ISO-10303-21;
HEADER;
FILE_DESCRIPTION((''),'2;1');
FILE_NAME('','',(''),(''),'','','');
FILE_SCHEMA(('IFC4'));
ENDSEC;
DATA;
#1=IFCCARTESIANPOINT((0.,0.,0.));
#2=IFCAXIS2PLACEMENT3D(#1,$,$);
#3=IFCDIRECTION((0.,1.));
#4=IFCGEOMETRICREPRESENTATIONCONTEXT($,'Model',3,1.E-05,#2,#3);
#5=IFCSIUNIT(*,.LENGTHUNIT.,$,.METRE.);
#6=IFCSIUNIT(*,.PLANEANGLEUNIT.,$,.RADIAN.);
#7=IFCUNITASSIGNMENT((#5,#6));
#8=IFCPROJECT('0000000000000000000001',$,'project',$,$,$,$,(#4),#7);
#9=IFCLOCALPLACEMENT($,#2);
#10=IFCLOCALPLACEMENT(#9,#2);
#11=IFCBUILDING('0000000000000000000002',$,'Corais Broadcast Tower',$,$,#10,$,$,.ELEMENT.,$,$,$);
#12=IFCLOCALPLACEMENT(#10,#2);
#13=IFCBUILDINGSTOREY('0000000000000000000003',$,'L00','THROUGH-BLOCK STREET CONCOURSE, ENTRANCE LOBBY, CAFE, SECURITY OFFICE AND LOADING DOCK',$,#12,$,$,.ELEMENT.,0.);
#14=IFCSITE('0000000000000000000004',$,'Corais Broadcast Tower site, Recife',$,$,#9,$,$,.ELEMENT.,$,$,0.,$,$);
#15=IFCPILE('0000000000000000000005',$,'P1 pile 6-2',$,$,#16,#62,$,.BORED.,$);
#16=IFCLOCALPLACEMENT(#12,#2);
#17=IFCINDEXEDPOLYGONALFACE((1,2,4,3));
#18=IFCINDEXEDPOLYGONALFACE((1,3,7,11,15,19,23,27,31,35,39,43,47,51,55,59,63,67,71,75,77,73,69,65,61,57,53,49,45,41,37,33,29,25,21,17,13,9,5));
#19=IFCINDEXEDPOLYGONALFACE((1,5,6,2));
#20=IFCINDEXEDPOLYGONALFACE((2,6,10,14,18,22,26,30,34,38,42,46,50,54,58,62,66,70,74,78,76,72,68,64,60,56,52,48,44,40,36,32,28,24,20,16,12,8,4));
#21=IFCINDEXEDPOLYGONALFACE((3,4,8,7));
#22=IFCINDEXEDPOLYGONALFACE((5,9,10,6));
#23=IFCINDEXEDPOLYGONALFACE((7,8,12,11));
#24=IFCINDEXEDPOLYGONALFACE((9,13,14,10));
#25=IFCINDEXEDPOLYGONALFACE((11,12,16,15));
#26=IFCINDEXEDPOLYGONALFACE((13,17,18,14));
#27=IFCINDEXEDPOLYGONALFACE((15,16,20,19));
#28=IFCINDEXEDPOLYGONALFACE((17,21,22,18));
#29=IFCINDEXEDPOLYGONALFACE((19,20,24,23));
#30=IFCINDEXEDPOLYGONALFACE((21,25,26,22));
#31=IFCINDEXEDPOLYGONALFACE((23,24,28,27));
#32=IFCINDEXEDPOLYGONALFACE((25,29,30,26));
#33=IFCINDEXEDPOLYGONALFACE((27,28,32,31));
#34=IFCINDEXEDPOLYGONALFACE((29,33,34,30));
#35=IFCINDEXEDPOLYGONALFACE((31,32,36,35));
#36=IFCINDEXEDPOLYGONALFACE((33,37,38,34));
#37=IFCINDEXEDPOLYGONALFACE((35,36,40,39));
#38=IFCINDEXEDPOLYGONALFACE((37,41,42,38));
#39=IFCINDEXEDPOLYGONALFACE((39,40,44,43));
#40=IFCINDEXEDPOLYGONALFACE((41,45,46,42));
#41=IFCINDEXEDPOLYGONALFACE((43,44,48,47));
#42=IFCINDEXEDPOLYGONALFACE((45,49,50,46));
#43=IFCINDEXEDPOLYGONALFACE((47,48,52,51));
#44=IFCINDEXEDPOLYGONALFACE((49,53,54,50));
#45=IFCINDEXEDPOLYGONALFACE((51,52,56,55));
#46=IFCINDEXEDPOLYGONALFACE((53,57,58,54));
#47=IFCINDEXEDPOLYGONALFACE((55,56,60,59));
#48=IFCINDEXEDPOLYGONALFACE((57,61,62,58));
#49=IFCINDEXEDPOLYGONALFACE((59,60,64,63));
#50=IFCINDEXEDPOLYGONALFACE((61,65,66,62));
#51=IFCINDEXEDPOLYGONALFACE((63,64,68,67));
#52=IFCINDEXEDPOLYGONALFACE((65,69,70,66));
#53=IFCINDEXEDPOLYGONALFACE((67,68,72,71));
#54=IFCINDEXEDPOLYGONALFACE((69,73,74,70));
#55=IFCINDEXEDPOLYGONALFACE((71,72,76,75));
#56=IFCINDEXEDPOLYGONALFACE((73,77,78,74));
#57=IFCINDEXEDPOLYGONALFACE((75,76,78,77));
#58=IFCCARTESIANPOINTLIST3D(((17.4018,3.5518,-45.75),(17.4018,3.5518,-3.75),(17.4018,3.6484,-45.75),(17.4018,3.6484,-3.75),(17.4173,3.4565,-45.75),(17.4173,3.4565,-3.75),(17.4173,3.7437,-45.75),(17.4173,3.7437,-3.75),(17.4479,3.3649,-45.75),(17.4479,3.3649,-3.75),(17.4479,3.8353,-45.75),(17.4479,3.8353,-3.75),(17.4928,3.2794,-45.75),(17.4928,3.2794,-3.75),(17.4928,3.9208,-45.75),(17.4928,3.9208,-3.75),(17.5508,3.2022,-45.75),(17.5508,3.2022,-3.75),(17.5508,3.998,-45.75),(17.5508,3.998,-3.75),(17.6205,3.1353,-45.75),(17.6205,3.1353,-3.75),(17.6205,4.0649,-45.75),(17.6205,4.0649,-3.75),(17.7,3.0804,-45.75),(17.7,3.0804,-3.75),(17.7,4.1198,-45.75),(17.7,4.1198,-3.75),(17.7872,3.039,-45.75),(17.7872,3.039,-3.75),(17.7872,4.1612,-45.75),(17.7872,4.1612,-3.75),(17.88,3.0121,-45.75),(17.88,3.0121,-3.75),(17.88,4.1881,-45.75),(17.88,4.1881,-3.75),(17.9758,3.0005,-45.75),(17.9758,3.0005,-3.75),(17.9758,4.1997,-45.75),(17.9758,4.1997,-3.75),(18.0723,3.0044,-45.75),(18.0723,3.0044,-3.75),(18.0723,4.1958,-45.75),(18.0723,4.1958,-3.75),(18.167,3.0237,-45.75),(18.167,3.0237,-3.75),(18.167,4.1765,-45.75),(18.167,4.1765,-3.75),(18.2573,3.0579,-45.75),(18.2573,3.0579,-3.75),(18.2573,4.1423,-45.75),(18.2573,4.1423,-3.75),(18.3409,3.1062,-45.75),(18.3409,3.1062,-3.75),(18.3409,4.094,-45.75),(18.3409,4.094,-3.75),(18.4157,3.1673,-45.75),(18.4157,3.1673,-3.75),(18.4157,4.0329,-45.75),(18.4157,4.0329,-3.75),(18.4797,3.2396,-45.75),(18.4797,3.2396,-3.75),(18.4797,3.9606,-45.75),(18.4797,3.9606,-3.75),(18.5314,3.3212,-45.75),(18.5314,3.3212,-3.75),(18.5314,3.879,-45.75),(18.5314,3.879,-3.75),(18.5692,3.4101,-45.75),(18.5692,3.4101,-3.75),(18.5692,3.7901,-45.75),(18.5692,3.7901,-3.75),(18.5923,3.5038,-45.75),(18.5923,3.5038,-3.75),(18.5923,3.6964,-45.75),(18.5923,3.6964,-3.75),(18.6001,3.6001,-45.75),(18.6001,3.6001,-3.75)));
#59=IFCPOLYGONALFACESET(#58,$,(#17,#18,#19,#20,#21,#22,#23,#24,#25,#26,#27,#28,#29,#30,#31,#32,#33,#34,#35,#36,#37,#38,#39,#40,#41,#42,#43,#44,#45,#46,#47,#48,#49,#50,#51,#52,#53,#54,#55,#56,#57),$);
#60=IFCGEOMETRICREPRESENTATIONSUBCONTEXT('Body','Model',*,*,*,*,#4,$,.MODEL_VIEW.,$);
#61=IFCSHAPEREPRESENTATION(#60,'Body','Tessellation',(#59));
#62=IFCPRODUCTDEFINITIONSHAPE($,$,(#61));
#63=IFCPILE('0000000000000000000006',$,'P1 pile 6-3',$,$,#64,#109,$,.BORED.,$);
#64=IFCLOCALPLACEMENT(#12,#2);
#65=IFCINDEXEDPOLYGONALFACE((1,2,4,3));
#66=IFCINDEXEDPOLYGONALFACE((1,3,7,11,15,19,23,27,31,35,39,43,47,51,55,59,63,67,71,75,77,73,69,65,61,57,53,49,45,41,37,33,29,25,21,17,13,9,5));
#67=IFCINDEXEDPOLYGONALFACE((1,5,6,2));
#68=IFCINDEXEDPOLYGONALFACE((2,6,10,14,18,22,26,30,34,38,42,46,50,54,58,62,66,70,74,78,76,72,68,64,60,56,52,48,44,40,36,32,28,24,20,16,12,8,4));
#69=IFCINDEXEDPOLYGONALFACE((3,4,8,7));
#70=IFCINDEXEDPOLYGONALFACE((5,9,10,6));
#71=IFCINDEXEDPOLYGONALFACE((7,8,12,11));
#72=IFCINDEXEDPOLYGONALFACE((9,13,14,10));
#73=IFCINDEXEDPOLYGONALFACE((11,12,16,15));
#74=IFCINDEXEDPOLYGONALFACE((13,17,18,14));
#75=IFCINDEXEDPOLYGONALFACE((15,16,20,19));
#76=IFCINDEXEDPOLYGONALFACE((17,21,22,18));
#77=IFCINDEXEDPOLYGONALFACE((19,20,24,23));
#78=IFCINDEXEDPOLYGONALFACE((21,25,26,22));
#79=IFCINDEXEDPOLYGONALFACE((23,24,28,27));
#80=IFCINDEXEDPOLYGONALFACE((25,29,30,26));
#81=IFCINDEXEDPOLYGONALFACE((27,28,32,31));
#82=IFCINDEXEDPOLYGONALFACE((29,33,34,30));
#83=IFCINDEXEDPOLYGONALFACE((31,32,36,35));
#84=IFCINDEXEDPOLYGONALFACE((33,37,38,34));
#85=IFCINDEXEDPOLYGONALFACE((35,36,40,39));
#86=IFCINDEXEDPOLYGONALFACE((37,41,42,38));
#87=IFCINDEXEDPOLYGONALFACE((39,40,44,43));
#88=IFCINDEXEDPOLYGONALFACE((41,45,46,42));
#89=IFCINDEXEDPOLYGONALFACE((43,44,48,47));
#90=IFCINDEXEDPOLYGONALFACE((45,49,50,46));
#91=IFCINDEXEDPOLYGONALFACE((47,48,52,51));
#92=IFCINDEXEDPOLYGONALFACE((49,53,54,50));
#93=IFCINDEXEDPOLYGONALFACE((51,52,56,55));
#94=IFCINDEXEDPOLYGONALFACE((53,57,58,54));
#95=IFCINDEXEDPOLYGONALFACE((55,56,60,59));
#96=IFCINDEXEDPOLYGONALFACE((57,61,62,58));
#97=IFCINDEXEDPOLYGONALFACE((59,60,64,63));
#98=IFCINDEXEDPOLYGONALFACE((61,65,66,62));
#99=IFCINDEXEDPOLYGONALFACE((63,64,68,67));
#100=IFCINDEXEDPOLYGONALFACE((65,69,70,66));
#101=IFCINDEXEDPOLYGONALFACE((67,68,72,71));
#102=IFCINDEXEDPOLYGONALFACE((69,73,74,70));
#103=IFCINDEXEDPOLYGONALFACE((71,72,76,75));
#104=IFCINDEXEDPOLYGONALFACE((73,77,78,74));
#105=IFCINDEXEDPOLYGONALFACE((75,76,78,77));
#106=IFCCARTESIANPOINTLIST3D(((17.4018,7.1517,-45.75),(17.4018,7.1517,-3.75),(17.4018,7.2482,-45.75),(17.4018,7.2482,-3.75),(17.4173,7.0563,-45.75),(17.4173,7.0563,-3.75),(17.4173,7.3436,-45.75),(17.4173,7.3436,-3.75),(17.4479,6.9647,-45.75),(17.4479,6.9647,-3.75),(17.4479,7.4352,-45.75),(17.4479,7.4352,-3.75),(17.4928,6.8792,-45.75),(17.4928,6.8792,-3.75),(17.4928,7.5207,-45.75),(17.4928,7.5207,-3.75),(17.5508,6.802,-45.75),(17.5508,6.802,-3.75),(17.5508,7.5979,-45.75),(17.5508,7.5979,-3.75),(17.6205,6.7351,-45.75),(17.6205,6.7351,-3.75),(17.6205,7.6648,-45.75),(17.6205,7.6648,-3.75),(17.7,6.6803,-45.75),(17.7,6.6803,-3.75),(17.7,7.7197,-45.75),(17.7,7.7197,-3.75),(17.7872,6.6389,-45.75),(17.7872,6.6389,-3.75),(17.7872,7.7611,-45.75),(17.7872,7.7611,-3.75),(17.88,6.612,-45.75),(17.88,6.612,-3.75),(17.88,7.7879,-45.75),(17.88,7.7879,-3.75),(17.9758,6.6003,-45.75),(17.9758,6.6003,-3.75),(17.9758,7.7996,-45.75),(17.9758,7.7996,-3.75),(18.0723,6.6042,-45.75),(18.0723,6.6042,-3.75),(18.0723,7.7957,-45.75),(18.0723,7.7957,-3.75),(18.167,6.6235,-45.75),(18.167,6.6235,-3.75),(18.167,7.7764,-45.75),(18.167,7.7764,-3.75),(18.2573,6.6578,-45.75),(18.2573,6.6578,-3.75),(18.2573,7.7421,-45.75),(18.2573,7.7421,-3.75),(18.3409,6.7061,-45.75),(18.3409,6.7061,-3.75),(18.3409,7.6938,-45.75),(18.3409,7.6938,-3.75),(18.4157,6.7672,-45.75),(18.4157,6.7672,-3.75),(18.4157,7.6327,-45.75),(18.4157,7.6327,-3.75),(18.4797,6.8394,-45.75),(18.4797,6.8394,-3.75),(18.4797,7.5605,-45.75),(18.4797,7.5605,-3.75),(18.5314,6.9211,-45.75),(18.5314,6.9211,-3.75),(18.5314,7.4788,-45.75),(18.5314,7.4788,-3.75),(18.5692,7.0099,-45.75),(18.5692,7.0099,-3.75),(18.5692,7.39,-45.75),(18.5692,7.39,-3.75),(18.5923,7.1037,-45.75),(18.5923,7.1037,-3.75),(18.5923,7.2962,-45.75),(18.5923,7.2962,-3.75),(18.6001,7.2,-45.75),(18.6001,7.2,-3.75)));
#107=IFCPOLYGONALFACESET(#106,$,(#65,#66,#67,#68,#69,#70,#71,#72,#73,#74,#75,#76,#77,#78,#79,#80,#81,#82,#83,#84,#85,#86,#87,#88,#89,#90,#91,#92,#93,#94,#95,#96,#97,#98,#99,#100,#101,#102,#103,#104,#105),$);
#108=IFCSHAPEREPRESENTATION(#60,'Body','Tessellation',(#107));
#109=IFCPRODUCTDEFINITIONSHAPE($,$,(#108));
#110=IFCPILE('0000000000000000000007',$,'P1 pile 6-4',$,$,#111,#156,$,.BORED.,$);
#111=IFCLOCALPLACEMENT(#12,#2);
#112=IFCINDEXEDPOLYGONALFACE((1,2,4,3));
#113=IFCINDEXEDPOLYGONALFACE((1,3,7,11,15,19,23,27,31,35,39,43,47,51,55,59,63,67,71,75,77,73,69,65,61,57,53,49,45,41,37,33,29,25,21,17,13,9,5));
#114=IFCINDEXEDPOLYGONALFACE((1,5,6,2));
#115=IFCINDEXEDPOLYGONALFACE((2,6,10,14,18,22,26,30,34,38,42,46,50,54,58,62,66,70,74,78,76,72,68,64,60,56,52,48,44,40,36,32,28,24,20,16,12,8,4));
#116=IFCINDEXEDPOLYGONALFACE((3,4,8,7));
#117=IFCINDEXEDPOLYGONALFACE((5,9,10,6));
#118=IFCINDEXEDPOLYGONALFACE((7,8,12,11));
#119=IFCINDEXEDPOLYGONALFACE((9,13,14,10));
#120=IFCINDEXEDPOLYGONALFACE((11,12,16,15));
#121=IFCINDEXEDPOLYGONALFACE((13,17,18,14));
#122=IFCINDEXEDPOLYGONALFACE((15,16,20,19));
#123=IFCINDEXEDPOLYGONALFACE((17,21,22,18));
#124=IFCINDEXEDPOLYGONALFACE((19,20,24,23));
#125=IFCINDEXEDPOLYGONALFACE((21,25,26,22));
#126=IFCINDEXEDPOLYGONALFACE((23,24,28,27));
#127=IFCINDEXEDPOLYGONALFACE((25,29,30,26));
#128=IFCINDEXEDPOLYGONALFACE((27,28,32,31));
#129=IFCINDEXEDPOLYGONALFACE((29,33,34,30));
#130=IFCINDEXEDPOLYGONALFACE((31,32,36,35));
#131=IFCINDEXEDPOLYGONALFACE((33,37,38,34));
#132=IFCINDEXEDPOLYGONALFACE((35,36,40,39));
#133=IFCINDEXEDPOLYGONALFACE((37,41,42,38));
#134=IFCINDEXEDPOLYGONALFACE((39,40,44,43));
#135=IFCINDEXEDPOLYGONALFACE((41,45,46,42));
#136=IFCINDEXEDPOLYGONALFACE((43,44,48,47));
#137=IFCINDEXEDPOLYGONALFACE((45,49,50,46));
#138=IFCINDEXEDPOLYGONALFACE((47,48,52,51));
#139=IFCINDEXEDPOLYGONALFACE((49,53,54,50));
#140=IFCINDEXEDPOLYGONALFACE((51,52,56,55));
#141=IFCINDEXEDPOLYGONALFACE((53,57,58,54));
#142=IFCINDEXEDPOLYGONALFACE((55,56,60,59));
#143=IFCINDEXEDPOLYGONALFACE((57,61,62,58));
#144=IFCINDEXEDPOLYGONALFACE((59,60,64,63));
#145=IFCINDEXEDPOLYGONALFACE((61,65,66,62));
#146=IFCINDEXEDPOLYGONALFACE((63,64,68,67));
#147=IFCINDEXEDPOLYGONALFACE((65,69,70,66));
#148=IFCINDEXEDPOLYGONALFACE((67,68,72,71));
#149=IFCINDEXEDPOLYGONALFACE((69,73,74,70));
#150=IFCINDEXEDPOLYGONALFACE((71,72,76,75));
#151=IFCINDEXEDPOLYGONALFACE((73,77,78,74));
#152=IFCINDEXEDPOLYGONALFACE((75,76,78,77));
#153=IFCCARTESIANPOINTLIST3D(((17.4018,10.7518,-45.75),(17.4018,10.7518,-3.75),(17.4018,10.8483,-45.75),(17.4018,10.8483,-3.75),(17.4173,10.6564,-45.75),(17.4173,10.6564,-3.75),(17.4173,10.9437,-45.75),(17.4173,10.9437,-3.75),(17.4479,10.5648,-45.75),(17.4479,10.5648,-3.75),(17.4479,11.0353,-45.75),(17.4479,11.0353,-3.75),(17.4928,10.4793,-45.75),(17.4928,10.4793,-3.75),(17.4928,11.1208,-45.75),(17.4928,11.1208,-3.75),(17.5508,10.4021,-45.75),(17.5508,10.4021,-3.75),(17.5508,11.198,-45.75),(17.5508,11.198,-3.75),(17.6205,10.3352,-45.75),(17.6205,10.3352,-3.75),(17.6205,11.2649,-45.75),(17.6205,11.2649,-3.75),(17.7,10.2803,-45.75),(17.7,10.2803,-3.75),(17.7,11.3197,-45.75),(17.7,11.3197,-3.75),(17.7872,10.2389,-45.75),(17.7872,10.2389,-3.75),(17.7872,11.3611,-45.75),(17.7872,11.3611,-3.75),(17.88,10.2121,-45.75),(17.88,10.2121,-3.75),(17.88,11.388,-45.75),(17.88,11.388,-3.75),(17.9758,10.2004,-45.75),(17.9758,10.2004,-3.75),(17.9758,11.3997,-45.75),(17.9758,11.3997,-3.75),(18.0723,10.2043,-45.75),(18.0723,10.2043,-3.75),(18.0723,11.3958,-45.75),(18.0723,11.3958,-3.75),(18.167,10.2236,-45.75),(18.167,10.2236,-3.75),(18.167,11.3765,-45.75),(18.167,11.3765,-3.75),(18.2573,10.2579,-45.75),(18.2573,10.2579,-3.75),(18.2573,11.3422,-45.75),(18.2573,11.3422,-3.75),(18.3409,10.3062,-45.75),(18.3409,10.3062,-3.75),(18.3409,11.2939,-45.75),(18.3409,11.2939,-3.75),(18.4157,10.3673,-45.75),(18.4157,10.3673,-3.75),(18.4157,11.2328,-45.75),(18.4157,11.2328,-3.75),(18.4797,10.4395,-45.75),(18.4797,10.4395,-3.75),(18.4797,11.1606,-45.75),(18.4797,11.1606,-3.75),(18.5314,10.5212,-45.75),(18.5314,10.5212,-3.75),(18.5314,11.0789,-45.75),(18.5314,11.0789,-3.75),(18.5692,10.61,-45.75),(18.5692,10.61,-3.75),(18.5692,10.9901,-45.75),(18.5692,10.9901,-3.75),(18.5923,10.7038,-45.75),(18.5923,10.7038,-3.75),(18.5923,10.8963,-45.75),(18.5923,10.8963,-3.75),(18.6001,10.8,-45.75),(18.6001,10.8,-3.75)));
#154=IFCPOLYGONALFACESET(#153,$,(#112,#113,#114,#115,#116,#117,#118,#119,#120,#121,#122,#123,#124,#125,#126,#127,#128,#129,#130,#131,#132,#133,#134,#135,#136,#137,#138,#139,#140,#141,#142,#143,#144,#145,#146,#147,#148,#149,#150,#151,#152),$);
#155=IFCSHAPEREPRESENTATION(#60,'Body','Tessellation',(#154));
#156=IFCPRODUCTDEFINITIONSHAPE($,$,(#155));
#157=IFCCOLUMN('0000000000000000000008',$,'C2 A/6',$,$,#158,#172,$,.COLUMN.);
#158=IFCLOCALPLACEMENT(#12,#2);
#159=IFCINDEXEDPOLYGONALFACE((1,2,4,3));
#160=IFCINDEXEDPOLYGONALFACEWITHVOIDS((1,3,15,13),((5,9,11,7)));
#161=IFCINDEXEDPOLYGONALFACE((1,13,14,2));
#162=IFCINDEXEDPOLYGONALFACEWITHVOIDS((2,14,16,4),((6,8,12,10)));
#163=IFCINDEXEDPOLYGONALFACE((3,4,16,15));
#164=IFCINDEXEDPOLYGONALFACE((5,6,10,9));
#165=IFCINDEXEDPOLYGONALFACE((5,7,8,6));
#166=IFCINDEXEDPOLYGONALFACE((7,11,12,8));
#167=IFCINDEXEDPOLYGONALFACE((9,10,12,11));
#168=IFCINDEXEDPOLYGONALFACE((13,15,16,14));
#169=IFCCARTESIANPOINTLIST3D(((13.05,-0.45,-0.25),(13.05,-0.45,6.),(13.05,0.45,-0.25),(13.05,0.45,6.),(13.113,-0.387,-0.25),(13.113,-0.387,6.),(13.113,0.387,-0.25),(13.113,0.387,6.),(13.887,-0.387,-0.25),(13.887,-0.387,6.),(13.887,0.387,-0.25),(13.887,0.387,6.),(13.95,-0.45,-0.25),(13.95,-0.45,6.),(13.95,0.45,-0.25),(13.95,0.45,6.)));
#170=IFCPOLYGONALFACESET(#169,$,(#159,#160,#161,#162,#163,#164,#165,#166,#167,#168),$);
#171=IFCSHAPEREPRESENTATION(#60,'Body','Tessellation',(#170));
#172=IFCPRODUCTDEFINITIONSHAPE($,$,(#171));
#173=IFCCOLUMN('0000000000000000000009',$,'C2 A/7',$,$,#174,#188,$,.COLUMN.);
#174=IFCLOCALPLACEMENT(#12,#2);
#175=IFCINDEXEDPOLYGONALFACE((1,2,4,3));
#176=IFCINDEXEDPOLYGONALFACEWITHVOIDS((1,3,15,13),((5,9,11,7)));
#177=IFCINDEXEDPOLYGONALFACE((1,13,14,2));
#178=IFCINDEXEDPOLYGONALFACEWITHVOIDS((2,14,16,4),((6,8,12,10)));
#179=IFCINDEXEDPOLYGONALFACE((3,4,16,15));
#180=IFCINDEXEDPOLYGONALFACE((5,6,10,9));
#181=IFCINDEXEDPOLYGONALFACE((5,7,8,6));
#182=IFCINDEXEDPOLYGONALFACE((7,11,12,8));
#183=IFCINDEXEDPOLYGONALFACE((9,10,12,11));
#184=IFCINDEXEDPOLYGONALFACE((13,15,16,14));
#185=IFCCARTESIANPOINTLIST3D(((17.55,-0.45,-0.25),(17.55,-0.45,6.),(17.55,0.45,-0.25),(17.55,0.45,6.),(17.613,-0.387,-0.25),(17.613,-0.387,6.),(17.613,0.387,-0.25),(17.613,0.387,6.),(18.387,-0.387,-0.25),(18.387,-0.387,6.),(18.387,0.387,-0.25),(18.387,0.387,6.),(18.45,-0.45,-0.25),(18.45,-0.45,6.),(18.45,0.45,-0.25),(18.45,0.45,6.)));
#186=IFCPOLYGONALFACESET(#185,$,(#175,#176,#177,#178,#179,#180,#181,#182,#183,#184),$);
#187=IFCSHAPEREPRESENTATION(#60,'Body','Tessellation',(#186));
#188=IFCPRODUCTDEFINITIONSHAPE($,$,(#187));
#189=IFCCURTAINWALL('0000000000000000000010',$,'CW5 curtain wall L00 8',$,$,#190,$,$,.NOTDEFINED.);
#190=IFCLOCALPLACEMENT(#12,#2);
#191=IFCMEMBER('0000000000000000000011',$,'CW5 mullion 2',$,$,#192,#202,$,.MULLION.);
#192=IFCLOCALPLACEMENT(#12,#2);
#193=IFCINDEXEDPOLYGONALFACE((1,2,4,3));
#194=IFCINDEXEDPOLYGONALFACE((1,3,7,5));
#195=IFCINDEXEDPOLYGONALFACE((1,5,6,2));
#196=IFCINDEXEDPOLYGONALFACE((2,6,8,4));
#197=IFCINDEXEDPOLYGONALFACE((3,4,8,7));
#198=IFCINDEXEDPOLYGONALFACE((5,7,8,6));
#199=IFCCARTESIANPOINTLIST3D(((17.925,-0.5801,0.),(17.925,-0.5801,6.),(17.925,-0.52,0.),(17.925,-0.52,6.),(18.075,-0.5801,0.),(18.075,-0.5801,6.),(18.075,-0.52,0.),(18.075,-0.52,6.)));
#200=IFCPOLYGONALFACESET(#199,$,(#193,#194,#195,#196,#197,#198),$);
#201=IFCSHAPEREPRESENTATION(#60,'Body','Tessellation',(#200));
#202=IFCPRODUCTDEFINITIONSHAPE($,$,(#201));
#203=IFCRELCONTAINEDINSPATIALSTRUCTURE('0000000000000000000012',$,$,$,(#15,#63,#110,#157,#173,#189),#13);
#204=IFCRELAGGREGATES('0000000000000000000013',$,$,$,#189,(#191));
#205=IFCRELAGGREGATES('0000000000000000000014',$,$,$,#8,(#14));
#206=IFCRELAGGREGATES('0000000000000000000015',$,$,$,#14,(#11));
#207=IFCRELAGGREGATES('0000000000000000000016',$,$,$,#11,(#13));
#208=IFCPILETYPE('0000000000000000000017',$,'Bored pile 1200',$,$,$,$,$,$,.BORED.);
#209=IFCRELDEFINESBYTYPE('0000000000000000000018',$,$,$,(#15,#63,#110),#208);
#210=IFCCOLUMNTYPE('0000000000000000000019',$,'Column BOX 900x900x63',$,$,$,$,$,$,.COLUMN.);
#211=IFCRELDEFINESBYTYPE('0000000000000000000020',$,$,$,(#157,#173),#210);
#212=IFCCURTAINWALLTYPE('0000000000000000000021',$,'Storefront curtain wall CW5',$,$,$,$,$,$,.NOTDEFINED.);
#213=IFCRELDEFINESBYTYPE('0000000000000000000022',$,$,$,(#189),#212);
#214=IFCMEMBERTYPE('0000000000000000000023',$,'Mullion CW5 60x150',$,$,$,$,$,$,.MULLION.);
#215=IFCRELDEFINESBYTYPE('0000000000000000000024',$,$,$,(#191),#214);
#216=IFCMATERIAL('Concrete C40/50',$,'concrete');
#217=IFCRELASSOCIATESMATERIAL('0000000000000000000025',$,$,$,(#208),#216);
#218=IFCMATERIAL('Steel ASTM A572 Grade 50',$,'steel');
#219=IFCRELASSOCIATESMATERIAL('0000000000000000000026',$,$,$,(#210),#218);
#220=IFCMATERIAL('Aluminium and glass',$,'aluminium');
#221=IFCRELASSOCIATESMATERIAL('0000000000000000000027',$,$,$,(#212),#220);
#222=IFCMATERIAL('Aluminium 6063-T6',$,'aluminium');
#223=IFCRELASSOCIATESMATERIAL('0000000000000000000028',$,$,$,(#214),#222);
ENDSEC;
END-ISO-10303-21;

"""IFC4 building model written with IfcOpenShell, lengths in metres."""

from ifc_helpers import new_model, si_unit, direction, frame, origin, origin_2d, place, context, subcontext, project, spatial, rectangle, hollow_rectangle, circle, extrude, material, material_profile, profile_set, type_object, element, aggregate, save


model = new_model("IFC4")

# Units and contexts
model_context = context("Model", 3, precision=1e-05, world=origin(), true_north=direction((0.0, 1.0)))
body_context = subcontext(model_context, "Body", "Model", "MODEL_VIEW")
ifc_project = project(units=[si_unit("LENGTHUNIT", "METRE"), si_unit("PLANEANGLEUNIT", "RADIAN")], contexts=[model_context])

# Site, building, storey
site_placement = place(None, origin())
site = spatial("IfcSite", under=ifc_project, at=site_placement, Name="Corais Broadcast Tower site, Recife", CompositionType="ELEMENT", RefElevation=0.0)
building_placement = place(site_placement, origin())
building = spatial("IfcBuilding", under=site, at=building_placement, Name="Corais Broadcast Tower", CompositionType="ELEMENT")
storey_placement = place(building_placement, origin())
storey = spatial("IfcBuildingStorey", under=building, at=storey_placement, Name="L00", Description="THROUGH-BLOCK STREET CONCOURSE, ENTRANCE LOBBY, CAFE, SECURITY OFFICE AND LOADING DOCK", CompositionType="ELEMENT", Elevation=0.0)

# Piles
ifc_material_1 = material(Name="Concrete C40/50", Category="concrete")
pile_type = type_object("IfcPileType", Name="Bored pile 1200", PredefinedType="BORED", material=ifc_material_1)
for number, where, z_axis, x_axis, name in (
    (1, (18.0, 3.6001, -3.75), (0.0, 0.0, -1.0), (1.0, 0.0, 0.0), "P1 pile 6-2"),
    (2, (18.0, 7.2, -3.75), (0.0, 0.0, -1.0), (1.0, 0.0, 0.0), "P1 pile 6-3"),
    (3, (18.0, 10.8, -3.75), (0.0, 0.0, -1.0), (1.0, 0.0, 0.0), "P1 pile 6-4"),
):
    element("IfcPile", number, at=place(storey_placement, frame(where, z_axis=z_axis, x_axis=x_axis)), inside=storey, type_object=pile_type, Name=name, PredefinedType="BORED", context=body_context, shape_type="SweptSolid", body=[
        extrude(circle(Radius=0.6001, at=origin_2d()), origin(), (0.0, 0.0, 1.0), 42.0),
    ])

# Columns
ifc_material_2 = material(Name="Steel ASTM A572 Grade 50", Category="steel")
ifc_material_profile_1 = material_profile(ifc_material_2, hollow_rectangle(XDim=0.8999, YDim=0.8999, WallThickness=0.063, at=origin_2d()), Name="BOX 900x900x63")
ifc_profile_set_1 = profile_set([ifc_material_profile_1], Name="Steel ASTM A572 Grade 50")
column_type = type_object("IfcColumnType", Name="Column BOX 900x900x63", PredefinedType="COLUMN", material=ifc_profile_set_1)
for number, where, z_axis, x_axis, name in (
    (4, (13.5, 0.0, -0.25), (0.0, 0.0, 1.0), (1.0, 0.0, 0.0), "C2 A/6"),
    (5, (18.0, 0.0, -0.25), (0.0, 0.0, 1.0), (1.0, 0.0, 0.0), "C2 A/7"),
):
    element("IfcColumn", number, at=place(storey_placement, frame(where, z_axis=z_axis, x_axis=x_axis)), inside=storey, type_object=column_type, Name=name, PredefinedType="COLUMN", context=body_context, shape_type="SweptSolid", body=[
        extrude(hollow_rectangle(XDim=0.8999, YDim=0.8999, WallThickness=0.063, at=origin_2d()), origin(), (0.0, 0.0, 1.0), 6.25),
    ])

# Curtain wall, member
ifc_material_3 = material(Name="Aluminium and glass", Category="aluminium")
curtain_wall_type = type_object("IfcCurtainWallType", Name="Storefront curtain wall CW5", PredefinedType="NOTDEFINED", material=ifc_material_3)
curtain_wall_placement = place(storey_placement, origin())
curtain_wall = element("IfcCurtainWall", 6, at=curtain_wall_placement, inside=storey, type_object=curtain_wall_type, Name="CW5 curtain wall L00 8", PredefinedType="NOTDEFINED")
ifc_material_4 = material(Name="Aluminium 6063-T6", Category="aluminium")
ifc_material_profile_2 = material_profile(ifc_material_4, rectangle(XDim=0.0601, YDim=0.1499, at=origin_2d()), Name="Mullion CW5 60x150")
ifc_profile_set_2 = profile_set([ifc_material_profile_2], Name="Aluminium 6063-T6")
member_type_1 = type_object("IfcMemberType", Name="Mullion CW5 60x150", PredefinedType="MULLION", material=ifc_profile_set_2)
member_1_placement = place(storey_placement, frame((18.0, -0.55, 0.0), z_axis=(0.0, 0.0, 1.0), x_axis=(0.0, -1.0, 0.0)))
member_1 = element("IfcMember", 7, at=member_1_placement, type_object=member_type_1, Name="CW5 mullion 2", PredefinedType="MULLION", context=body_context, shape_type="SweptSolid", body=[
    extrude(rectangle(XDim=0.0601, YDim=0.1499, at=origin_2d()), origin(), (0.0, 0.0, 1.0), 6.0),
])
aggregate(curtain_wall, [member_1])

save(model, "model.ifc")
